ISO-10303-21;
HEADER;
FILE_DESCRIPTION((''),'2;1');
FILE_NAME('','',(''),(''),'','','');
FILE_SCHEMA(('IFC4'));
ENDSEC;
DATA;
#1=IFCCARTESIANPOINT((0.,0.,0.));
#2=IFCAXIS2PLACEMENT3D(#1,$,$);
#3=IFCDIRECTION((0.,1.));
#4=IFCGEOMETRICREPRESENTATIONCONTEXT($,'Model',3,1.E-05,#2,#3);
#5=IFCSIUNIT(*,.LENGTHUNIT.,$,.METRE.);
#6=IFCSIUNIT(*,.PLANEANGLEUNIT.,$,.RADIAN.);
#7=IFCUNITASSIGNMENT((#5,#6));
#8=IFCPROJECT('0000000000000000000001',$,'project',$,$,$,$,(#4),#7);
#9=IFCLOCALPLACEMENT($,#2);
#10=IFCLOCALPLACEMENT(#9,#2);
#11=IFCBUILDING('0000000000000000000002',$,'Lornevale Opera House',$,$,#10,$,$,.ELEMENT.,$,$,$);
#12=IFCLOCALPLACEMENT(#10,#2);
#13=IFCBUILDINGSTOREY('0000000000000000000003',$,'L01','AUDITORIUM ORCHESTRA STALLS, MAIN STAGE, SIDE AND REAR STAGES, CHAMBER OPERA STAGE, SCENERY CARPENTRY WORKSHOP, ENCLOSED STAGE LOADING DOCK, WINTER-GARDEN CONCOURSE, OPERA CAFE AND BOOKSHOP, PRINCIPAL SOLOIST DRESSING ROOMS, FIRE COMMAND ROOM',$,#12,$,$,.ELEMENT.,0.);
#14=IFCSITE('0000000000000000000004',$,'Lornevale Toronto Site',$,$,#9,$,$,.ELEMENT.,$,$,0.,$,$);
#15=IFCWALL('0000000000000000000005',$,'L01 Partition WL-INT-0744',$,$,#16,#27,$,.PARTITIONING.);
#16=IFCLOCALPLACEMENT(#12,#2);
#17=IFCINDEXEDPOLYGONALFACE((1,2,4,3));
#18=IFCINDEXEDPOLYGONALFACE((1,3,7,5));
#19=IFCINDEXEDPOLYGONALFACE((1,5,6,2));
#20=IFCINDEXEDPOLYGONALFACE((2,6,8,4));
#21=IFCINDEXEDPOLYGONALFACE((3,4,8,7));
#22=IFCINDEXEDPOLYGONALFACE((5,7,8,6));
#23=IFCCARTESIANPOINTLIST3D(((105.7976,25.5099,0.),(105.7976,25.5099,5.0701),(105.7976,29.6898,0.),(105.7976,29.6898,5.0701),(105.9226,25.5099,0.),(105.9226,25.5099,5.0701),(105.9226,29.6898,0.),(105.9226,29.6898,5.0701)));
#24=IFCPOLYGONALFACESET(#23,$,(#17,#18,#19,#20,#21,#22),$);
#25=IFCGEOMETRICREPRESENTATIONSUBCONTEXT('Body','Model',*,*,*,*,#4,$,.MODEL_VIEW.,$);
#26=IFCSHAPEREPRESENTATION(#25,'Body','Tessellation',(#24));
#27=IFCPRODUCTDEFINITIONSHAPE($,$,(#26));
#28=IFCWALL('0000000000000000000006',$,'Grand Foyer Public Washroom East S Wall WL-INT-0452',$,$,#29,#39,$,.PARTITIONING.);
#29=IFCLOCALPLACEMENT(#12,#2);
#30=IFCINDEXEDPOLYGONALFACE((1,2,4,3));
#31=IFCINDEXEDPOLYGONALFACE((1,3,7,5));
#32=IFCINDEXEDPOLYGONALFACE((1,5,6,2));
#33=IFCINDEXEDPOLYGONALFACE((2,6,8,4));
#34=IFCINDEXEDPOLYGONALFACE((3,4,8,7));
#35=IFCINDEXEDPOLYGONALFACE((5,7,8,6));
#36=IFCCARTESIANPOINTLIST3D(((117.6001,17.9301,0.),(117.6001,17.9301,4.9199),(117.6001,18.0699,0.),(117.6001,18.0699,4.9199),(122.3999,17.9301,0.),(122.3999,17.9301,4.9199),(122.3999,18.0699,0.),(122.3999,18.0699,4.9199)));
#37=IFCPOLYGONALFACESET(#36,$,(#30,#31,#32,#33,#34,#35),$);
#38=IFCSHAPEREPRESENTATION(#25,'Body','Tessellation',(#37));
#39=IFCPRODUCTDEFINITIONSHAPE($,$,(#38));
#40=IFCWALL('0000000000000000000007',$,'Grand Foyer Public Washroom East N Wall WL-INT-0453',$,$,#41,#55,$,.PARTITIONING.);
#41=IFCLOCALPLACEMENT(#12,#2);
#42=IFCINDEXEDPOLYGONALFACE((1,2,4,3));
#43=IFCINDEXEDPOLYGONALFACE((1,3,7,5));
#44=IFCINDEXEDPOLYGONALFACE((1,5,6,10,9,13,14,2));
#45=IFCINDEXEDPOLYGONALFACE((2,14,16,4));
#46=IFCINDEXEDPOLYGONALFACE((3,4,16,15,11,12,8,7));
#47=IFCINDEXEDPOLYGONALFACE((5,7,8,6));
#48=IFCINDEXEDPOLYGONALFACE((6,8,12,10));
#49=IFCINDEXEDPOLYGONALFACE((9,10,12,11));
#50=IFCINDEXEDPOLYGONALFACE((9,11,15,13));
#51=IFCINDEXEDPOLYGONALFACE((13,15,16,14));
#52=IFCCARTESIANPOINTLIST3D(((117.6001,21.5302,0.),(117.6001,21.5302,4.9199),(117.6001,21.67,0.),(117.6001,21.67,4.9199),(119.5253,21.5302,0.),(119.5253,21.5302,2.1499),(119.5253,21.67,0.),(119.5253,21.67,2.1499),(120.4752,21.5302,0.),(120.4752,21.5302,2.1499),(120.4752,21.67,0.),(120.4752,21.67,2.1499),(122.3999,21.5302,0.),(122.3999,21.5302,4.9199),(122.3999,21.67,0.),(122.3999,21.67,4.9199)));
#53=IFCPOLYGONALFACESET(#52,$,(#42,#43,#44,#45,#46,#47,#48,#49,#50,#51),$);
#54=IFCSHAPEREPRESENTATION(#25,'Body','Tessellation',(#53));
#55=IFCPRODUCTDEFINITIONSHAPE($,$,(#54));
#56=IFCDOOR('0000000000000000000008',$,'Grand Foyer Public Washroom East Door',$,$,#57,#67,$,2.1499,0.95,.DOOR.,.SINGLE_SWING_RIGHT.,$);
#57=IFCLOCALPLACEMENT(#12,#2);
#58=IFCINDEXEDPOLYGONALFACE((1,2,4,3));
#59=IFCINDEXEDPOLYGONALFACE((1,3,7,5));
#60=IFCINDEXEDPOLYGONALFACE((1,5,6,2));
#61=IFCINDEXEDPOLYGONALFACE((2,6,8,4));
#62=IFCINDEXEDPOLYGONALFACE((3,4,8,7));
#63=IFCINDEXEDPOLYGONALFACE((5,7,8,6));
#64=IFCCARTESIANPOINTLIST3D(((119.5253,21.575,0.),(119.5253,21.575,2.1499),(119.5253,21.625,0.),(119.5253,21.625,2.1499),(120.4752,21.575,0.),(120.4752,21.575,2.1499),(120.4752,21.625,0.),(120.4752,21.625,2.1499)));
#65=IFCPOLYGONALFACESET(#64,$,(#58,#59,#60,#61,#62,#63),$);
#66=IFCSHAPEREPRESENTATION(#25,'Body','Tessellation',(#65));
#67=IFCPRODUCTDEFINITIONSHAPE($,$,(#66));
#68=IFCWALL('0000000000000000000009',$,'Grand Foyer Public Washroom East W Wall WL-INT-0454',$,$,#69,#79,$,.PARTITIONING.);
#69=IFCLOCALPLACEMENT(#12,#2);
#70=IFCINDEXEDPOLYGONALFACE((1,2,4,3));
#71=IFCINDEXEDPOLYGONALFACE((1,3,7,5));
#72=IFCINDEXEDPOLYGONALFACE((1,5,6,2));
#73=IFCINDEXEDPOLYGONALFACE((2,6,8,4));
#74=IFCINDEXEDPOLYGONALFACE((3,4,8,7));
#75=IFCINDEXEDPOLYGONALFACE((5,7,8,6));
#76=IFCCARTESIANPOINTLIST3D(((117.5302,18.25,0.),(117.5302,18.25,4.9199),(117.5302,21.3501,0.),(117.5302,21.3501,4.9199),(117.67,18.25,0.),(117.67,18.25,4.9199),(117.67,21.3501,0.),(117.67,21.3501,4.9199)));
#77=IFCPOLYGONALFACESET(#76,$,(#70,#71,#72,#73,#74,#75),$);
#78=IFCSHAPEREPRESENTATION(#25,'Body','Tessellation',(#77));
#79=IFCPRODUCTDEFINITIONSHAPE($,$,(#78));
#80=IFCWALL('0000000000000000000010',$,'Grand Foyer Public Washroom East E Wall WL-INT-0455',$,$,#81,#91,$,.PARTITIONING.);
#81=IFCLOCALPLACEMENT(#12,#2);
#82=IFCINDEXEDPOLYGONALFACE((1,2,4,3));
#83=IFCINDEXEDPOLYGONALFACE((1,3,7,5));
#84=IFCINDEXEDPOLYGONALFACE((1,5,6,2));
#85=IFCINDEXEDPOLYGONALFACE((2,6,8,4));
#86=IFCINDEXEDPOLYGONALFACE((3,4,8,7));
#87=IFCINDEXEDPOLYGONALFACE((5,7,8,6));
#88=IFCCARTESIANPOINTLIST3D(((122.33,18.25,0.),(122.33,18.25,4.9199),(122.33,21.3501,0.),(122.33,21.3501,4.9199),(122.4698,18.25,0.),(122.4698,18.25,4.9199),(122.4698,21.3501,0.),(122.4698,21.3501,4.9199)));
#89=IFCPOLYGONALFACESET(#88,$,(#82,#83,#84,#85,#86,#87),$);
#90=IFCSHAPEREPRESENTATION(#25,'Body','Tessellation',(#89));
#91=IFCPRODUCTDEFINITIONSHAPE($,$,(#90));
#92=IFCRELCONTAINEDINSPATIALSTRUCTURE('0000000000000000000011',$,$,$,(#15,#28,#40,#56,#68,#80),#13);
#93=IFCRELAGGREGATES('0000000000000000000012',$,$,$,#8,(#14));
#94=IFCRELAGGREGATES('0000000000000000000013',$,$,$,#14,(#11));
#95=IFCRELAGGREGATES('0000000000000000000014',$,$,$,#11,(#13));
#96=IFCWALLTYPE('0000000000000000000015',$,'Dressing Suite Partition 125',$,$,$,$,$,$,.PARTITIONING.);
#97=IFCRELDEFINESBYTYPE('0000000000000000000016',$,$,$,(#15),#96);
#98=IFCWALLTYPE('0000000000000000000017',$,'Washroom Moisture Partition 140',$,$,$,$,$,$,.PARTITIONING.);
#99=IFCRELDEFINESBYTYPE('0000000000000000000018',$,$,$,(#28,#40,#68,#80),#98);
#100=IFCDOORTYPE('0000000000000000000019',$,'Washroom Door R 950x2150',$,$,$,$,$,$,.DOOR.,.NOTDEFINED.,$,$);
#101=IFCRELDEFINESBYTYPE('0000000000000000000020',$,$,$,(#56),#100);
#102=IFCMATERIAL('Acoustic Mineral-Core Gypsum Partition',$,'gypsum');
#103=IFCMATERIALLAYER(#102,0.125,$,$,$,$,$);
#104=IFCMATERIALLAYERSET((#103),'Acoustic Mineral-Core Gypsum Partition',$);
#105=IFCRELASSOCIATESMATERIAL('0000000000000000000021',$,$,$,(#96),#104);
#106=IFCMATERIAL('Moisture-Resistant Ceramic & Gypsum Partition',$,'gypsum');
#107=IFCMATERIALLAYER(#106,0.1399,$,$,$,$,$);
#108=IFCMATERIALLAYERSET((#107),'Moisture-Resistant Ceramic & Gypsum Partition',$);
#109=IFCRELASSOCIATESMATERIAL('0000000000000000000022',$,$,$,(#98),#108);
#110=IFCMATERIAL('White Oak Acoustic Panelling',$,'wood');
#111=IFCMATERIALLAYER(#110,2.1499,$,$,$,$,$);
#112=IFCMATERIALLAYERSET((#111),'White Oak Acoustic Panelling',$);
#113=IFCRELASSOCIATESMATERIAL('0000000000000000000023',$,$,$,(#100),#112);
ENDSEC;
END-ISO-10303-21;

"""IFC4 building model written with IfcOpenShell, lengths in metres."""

from ifc_helpers import new_model, si_unit, direction, frame, frame_2d, origin, place, context, subcontext, project, spatial, rectangle, extrude, material, layer, layer_set, type_object, element, fill, save


model = new_model("IFC4")

# Units and contexts
model_context = context("Model", 3, precision=1e-05, world=origin(), true_north=direction((0.0, 1.0)))
body_context = subcontext(model_context, "Body", "Model", "MODEL_VIEW")
ifc_project = project(units=[si_unit("LENGTHUNIT", "METRE"), si_unit("PLANEANGLEUNIT", "RADIAN")], contexts=[model_context])

# Site, building, storey
site_placement = place(None, origin())
site = spatial("IfcSite", under=ifc_project, at=site_placement, Name="Lornevale Toronto Site", CompositionType="ELEMENT", RefElevation=0.0)
building_placement = place(site_placement, origin())
building = spatial("IfcBuilding", under=site, at=building_placement, Name="Lornevale Opera House", CompositionType="ELEMENT")
storey_placement = place(building_placement, origin())
storey = spatial("IfcBuildingStorey", under=building, at=storey_placement, Name="L01", Description="AUDITORIUM ORCHESTRA STALLS, MAIN STAGE, SIDE AND REAR STAGES, CHAMBER OPERA STAGE, SCENERY CARPENTRY WORKSHOP, ENCLOSED STAGE LOADING DOCK, WINTER-GARDEN CONCOURSE, OPERA CAFE AND BOOKSHOP, PRINCIPAL SOLOIST DRESSING ROOMS, FIRE COMMAND ROOM", CompositionType="ELEMENT", Elevation=0.0)

# Shared definitions
ifc_material_1 = material(Name="Acoustic Mineral-Core Gypsum Partition", Category="gypsum")

# Shared definitions
ifc_material_2 = material(Name="White Oak Acoustic Panelling", Category="wood")

# Walls
ifc_layer_1 = layer(ifc_material_1, 0.125)
ifc_layer_set_1 = layer_set([ifc_layer_1], Name="Acoustic Mineral-Core Gypsum Partition")
wall_type_1 = type_object("IfcWallType", Name="Dressing Suite Partition 125", PredefinedType="PARTITIONING", material=ifc_layer_set_1)
wall_1_placement = place(storey_placement, frame((105.8601, 25.51, 0.0), z_axis=(0.0, 0.0, 1.0), x_axis=(0.0, 1.0, 0.0)))
element("IfcWall", 1, at=wall_1_placement, inside=storey, type_object=wall_type_1, Name="L01 Partition WL-INT-0744", PredefinedType="PARTITIONING", context=body_context, shape_type="SweptSolid", body=[
    extrude(rectangle(XDim=4.1799, YDim=0.125, at=frame_2d((2.0898, 0.0))), origin(), (0.0, 0.0, 1.0), 5.0701),
])
ifc_material_3 = material(Name="Moisture-Resistant Ceramic & Gypsum Partition", Category="gypsum")
ifc_layer_2 = layer(ifc_material_3, 0.1399)
ifc_layer_set_2 = layer_set([ifc_layer_2], Name="Moisture-Resistant Ceramic & Gypsum Partition")
wall_type_2 = type_object("IfcWallType", Name="Washroom Moisture Partition 140", PredefinedType="PARTITIONING", material=ifc_layer_set_2)
wall_2_placement = place(storey_placement, frame((117.6001, 18.0, 0.0), z_axis=(0.0, 0.0, 1.0), x_axis=(1.0, 0.0, 0.0)))
element("IfcWall", 2, at=wall_2_placement, inside=storey, type_object=wall_type_2, Name="Grand Foyer Public Washroom East S Wall WL-INT-0452", PredefinedType="PARTITIONING", context=body_context, shape_type="SweptSolid", body=[
    extrude(rectangle(XDim=4.7998, YDim=0.1399, at=frame_2d((2.3999, 0.0))), origin(), (0.0, 0.0, 1.0), 4.9199),
])

# Wall, opening, door
wall_3_placement = place(storey_placement, frame((117.6001, 21.6001, 0.0), z_axis=(0.0, 0.0, 1.0), x_axis=(1.0, 0.0, 0.0)))
wall_3 = element("IfcWall", 3, at=wall_3_placement, inside=storey, type_object=wall_type_2, Name="Grand Foyer Public Washroom East N Wall WL-INT-0453", PredefinedType="PARTITIONING", context=body_context, shape_type="SweptSolid", body=[
    extrude(rectangle(XDim=4.7998, YDim=0.1399, at=frame_2d((2.3999, 0.0))), origin(), (0.0, 0.0, 1.0), 4.9199),
])
opening_1_placement = place(wall_3_placement, frame((1.925, 0.0, 0.0)))
opening_1 = element("IfcOpeningElement", 4, at=opening_1_placement, cuts=wall_3, PredefinedType="OPENING", context=body_context, shape_type="SweptSolid", body=[
    extrude(rectangle(XDim=0.95, YDim=2.1499, at=frame_2d((0.4751, 1.075))), frame((0.0, 0.0798, 0.0), z_axis=(0.0, -1.0, 0.0), x_axis=(1.0, 0.0, 0.0)), (0.0, 0.0, 1.0), 0.1599),
])
ifc_layer_3 = layer(ifc_material_2, 2.1499)
ifc_layer_set_3 = layer_set([ifc_layer_3], Name="White Oak Acoustic Panelling")
door_type_1 = type_object("IfcDoorType", Name="Washroom Door R 950x2150", OperationType="NOTDEFINED", PredefinedType="DOOR", material=ifc_layer_set_3)
door_1_placement = place(opening_1_placement, origin())
door_1 = element("IfcDoor", 5, at=door_1_placement, inside=storey, type_object=door_type_1, Name="Grand Foyer Public Washroom East Door", OperationType="SINGLE_SWING_RIGHT", OverallHeight=2.1499, OverallWidth=0.95, PredefinedType="DOOR", context=body_context, shape_type="SweptSolid", body=[
    extrude(rectangle(XDim=0.95, YDim=2.1499, at=frame_2d((0.4751, 1.075))), frame((0.0, 0.0249, 0.0), z_axis=(0.0, -1.0, 0.0), x_axis=(1.0, 0.0, 0.0)), (0.0, 0.0, 1.0), 0.05),
])
fill(opening_1, door_1)

# Walls
for number, where, z_axis, x_axis, name in (
    (6, (117.6001, 18.25, 0.0), (0.0, 0.0, 1.0), (0.0, 1.0, 0.0), "Grand Foyer Public Washroom East W Wall WL-INT-0454"),
    (7, (122.3999, 18.25, 0.0), (0.0, 0.0, 1.0), (0.0, 1.0, 0.0), "Grand Foyer Public Washroom East E Wall WL-INT-0455"),
):
    element("IfcWall", number, at=place(storey_placement, frame(where, z_axis=z_axis, x_axis=x_axis)), inside=storey, type_object=wall_type_2, Name=name, PredefinedType="PARTITIONING", context=body_context, shape_type="SweptSolid", body=[
        extrude(rectangle(XDim=3.1001, YDim=0.1399, at=frame_2d((1.55, 0.0))), origin(), (0.0, 0.0, 1.0), 4.9199),
    ])

save(model, "model.ifc")
